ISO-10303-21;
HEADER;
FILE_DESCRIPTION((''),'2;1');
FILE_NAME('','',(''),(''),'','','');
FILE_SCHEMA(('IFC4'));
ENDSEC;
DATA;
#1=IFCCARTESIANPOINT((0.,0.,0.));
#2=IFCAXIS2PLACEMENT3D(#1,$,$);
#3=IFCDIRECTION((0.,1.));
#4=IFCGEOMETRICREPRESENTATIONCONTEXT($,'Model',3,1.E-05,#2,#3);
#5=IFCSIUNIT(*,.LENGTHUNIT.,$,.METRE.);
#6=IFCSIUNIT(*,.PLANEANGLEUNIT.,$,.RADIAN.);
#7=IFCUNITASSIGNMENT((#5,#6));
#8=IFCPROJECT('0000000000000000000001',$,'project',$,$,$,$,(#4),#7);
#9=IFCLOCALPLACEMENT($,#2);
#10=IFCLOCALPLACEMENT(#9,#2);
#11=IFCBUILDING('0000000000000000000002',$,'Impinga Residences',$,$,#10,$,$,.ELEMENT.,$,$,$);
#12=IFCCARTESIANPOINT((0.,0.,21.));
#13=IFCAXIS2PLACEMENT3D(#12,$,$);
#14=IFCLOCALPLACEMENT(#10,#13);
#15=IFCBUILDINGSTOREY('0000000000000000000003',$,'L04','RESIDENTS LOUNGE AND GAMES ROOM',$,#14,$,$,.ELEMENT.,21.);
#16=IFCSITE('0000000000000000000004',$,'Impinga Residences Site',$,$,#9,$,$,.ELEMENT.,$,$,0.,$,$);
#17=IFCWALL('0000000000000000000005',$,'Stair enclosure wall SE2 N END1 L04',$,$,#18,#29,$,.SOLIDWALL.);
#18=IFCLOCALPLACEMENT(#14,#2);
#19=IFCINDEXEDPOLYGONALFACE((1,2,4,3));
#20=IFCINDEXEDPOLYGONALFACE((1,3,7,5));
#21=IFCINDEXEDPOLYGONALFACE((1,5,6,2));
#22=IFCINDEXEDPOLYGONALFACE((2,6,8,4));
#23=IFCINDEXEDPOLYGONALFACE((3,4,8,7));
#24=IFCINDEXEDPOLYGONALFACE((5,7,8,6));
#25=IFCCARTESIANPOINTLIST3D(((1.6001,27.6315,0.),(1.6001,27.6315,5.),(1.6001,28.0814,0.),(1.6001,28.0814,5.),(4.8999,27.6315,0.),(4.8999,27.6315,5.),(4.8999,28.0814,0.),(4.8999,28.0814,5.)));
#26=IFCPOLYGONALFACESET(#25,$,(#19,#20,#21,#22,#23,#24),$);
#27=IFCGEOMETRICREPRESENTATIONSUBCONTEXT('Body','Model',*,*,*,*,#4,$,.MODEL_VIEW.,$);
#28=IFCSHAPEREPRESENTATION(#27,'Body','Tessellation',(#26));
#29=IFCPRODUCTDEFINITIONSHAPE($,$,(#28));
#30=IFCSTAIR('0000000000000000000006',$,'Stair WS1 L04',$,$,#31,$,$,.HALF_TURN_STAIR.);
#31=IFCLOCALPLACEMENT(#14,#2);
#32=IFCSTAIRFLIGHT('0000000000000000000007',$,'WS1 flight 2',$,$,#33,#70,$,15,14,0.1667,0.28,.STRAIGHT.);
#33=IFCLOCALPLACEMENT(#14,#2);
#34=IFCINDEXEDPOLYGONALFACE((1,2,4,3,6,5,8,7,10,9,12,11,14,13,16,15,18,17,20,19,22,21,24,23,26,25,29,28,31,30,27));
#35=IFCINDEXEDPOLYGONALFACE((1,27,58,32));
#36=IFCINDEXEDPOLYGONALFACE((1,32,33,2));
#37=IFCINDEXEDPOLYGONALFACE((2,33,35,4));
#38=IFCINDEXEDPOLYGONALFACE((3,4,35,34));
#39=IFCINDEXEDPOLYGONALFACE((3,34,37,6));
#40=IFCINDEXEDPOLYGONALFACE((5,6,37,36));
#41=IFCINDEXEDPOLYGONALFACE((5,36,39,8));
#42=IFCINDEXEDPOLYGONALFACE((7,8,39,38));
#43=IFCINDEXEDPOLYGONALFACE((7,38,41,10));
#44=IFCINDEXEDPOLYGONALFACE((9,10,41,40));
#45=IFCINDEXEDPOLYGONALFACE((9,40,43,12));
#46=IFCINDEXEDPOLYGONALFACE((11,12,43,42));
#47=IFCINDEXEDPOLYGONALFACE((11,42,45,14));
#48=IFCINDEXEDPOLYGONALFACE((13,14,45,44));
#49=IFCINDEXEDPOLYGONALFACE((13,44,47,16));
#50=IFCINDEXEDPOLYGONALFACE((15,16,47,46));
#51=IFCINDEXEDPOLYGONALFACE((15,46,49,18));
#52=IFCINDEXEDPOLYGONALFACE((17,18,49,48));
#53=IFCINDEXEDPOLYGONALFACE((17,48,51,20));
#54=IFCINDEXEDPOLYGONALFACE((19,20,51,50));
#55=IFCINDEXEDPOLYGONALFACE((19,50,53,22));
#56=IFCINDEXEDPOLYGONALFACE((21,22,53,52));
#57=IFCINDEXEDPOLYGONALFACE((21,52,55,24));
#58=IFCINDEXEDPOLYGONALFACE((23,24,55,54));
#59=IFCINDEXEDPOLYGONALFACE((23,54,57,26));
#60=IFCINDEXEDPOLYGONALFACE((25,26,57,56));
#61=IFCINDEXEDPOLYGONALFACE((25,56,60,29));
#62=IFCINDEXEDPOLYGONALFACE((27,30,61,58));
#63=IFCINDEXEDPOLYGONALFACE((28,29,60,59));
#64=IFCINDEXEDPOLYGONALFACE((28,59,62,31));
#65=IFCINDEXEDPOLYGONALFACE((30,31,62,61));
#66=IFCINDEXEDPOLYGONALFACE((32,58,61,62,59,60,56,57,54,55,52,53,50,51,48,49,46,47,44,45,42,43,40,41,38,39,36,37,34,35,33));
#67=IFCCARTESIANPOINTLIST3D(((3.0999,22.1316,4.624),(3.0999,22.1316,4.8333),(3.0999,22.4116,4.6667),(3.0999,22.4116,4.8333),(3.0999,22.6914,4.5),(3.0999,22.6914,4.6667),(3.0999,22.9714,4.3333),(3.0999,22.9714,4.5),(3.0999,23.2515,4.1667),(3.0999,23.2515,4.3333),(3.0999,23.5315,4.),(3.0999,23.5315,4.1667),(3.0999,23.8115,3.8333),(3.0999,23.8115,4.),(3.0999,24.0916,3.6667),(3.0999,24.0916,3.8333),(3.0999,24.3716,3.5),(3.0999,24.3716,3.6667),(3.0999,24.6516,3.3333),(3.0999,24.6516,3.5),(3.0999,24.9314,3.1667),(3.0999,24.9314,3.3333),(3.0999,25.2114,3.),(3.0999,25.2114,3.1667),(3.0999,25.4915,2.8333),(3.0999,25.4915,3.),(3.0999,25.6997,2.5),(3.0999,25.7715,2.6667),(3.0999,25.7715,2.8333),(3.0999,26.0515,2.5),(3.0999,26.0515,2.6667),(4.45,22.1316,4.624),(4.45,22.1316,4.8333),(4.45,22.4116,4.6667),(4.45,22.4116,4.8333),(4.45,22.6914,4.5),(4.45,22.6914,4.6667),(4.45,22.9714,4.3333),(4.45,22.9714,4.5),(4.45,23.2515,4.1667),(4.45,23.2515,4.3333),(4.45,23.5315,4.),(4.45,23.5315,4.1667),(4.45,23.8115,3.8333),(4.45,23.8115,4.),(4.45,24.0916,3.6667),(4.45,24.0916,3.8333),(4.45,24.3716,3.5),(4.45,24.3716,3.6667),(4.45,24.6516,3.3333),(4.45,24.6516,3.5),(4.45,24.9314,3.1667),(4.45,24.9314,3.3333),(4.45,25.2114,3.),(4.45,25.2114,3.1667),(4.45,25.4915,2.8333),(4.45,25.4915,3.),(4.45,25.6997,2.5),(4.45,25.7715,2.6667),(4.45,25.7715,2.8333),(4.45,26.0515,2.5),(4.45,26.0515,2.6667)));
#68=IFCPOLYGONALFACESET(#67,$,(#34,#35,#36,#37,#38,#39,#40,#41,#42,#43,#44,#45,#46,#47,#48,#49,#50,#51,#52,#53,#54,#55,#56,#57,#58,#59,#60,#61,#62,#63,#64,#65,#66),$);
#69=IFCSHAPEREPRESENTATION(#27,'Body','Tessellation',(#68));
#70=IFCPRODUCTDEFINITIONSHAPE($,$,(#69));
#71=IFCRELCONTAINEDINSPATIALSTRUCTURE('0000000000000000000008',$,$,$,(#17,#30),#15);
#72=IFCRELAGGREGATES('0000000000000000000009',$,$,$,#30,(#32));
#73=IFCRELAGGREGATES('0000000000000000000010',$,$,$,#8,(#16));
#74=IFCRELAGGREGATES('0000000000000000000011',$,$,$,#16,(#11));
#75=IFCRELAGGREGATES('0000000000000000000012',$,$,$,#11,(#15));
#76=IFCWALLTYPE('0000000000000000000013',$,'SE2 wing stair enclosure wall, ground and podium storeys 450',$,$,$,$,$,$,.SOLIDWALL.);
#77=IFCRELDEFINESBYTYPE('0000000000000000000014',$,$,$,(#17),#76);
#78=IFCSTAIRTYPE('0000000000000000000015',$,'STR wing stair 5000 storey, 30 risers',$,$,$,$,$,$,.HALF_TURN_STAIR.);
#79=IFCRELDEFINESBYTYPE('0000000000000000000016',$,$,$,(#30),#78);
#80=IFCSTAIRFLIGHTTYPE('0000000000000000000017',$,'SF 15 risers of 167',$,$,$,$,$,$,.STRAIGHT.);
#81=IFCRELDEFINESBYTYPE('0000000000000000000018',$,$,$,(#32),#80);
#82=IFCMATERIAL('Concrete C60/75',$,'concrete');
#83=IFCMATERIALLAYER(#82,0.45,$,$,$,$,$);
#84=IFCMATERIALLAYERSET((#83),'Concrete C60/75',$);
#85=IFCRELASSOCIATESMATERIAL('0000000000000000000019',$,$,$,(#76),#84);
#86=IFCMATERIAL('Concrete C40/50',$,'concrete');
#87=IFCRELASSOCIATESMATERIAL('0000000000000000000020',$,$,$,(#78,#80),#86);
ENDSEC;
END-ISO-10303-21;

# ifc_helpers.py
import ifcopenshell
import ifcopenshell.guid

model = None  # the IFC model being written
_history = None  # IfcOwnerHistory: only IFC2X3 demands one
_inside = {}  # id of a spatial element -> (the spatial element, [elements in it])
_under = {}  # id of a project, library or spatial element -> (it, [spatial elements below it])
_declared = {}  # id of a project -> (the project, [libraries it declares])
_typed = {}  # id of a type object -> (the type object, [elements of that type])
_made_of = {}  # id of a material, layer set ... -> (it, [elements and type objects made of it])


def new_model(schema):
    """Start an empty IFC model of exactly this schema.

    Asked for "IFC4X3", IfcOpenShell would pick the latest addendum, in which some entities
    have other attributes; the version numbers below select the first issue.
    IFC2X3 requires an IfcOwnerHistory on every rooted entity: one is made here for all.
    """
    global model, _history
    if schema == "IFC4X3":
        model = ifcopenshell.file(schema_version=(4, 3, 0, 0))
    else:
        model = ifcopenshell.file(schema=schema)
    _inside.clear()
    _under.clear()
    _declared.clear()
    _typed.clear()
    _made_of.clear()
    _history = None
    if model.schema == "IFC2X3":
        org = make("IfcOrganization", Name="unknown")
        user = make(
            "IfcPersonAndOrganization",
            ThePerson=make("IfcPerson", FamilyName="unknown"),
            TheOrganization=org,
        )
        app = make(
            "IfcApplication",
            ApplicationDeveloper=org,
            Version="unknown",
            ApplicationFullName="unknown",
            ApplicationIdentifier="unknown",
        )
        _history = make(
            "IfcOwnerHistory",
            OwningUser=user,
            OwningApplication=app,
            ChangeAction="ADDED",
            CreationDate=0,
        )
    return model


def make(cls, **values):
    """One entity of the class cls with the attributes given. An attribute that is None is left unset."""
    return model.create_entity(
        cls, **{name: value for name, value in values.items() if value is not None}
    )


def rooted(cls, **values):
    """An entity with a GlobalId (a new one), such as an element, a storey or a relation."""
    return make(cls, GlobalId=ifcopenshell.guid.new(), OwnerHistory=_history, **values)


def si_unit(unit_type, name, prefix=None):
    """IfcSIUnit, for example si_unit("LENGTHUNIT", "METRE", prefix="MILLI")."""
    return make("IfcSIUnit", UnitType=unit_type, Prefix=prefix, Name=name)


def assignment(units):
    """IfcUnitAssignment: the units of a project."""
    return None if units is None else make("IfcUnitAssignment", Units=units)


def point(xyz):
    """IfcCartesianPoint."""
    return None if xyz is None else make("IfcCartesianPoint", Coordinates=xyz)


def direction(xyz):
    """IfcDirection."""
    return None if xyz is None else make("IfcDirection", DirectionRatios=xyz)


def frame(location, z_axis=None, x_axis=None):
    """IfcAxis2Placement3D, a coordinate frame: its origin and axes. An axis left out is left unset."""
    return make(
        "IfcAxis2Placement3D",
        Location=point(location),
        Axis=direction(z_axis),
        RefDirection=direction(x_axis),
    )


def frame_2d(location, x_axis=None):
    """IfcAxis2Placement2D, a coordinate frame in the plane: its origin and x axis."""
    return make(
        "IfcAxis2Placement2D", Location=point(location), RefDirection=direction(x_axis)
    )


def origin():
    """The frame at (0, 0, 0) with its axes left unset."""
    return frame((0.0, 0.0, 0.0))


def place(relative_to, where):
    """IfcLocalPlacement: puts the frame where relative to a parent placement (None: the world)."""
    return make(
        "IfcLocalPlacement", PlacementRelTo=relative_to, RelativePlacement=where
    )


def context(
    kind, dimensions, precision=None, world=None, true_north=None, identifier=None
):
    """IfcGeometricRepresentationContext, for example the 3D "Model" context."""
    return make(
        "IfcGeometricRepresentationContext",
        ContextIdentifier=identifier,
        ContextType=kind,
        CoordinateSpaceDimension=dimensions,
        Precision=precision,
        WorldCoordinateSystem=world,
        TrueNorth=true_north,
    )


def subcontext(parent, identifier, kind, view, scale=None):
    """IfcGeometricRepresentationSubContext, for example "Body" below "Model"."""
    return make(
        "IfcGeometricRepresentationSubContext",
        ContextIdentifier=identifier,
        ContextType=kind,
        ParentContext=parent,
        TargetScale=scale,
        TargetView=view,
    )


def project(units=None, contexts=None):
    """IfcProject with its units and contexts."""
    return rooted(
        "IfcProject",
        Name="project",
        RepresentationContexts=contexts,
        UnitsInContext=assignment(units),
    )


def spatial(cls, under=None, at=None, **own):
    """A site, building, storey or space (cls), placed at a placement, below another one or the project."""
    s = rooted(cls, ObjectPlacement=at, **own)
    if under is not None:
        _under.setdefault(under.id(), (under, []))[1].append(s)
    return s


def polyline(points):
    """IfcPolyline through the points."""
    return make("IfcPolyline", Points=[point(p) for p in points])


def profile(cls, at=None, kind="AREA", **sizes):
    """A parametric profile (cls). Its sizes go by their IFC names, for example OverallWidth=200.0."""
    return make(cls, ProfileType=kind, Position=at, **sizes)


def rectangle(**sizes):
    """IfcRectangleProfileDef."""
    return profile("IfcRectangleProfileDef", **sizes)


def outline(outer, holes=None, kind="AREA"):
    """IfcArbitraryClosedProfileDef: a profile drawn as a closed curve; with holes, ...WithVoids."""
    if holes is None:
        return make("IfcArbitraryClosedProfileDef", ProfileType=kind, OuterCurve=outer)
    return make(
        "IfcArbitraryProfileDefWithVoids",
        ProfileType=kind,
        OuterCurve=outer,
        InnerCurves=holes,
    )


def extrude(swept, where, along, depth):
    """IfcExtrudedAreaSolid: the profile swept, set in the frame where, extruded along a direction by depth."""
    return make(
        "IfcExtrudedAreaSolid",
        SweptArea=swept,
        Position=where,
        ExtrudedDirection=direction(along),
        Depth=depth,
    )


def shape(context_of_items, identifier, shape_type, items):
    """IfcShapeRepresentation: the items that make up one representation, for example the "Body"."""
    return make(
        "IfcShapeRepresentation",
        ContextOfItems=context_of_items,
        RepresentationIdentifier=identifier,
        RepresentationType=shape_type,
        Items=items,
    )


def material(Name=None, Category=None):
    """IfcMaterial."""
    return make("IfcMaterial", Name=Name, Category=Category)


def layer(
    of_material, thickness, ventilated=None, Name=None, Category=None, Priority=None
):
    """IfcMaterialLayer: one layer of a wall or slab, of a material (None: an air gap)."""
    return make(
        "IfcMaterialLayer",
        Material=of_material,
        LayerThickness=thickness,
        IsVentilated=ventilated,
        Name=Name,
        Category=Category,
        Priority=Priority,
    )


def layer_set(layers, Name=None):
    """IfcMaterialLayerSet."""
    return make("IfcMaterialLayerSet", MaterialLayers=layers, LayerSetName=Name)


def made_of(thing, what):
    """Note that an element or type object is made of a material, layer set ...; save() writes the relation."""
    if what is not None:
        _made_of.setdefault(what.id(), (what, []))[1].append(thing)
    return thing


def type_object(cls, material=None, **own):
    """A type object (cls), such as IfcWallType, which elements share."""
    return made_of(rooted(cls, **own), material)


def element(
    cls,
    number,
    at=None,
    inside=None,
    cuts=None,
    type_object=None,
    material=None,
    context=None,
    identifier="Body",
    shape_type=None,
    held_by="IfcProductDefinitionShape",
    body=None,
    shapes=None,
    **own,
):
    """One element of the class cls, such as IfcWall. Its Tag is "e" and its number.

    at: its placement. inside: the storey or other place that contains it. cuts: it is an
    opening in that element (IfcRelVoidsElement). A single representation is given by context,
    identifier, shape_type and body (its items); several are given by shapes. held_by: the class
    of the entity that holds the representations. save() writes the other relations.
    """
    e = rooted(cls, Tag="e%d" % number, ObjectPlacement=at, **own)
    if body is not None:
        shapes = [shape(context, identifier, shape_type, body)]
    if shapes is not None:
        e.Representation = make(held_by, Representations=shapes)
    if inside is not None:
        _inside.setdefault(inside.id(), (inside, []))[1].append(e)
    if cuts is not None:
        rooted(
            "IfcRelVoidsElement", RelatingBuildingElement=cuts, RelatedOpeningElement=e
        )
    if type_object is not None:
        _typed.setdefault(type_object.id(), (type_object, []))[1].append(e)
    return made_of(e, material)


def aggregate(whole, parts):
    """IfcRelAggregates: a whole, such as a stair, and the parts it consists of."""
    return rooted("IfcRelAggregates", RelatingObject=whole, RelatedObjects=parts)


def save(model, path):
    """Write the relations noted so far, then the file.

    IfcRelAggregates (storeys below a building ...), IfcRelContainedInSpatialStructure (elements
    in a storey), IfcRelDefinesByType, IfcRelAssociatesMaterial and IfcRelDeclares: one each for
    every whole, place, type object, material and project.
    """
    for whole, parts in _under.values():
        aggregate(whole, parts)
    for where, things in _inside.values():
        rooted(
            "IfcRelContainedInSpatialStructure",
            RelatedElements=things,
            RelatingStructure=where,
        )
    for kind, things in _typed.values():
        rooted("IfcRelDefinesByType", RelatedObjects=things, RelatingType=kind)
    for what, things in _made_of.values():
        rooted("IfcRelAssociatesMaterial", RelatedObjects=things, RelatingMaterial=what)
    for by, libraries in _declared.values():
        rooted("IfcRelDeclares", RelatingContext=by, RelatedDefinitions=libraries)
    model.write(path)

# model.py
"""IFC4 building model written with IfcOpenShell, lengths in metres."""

from ifc_helpers import new_model, si_unit, direction, frame, frame_2d, origin, place, context, subcontext, project, spatial, polyline, rectangle, outline, extrude, material, layer, layer_set, type_object, element, aggregate, save


model = new_model("IFC4")

# Units and contexts
model_context = context("Model", 3, precision=1e-05, world=origin(), true_north=direction((0.0, 1.0)))
body_context = subcontext(model_context, "Body", "Model", "MODEL_VIEW")
ifc_project = project(units=[si_unit("LENGTHUNIT", "METRE"), si_unit("PLANEANGLEUNIT", "RADIAN")], contexts=[model_context])

# Site, building, storey
site_placement = place(None, origin())
site = spatial("IfcSite", under=ifc_project, at=site_placement, Name="Impinga Residences Site", CompositionType="ELEMENT", RefElevation=0.0)
building_placement = place(site_placement, origin())
building = spatial("IfcBuilding", under=site, at=building_placement, Name="Impinga Residences", CompositionType="ELEMENT")
storey_placement = place(building_placement, frame((0.0, 0.0, 21.0)))
storey = spatial("IfcBuildingStorey", under=building, at=storey_placement, Name="L04", Description="RESIDENTS LOUNGE AND GAMES ROOM", CompositionType="ELEMENT", Elevation=21.0)

# Shared definitions
ifc_material_1 = material(Name="Concrete C60/75", Category="concrete")

# Wall
ifc_layer_1 = layer(ifc_material_1, 0.45)
ifc_layer_set_1 = layer_set([ifc_layer_1], Name="Concrete C60/75")
wall_type_1 = type_object("IfcWallType", Name="SE2 wing stair enclosure wall, ground and podium storeys 450", PredefinedType="SOLIDWALL", material=ifc_layer_set_1)
wall_1_placement = place(storey_placement, frame((1.6001, 27.8564, 0.0), z_axis=(0.0, 0.0, 1.0), x_axis=(1.0, 0.0, 0.0)))
element("IfcWall", 1, at=wall_1_placement, inside=storey, type_object=wall_type_1, Name="Stair enclosure wall SE2 N END1 L04", PredefinedType="SOLIDWALL", context=body_context, shape_type="SweptSolid", body=[
    extrude(rectangle(XDim=3.2998, YDim=0.45, at=frame_2d((1.6499, 0.0))), origin(), (0.0, 0.0, 1.0), 5.0),
])

# Stair, stair flight
ifc_material_2 = material(Name="Concrete C40/50", Category="concrete")
stair_type = type_object("IfcStairType", Name="STR wing stair 5000 storey, 30 risers", PredefinedType="HALF_TURN_STAIR", material=ifc_material_2)
stair_placement = place(storey_placement, origin())
stair = element("IfcStair", 2, at=stair_placement, inside=storey, type_object=stair_type, Name="Stair WS1 L04", PredefinedType="HALF_TURN_STAIR")
stair_flight_type = type_object("IfcStairFlightType", Name="SF 15 risers of 167", PredefinedType="STRAIGHT", material=ifc_material_2)
stair_flight_placement = place(storey_placement, frame((3.7749, 26.0515, 2.5), z_axis=(0.0, 0.0, 1.0), x_axis=(0.0, -1.0, 0.0)))
stair_flight = element("IfcStairFlight", 3, at=stair_flight_placement, type_object=stair_flight_type, Name="WS1 flight 2", NumberOfRisers=15, NumberOfTreads=14, PredefinedType="STRAIGHT", RiserHeight=0.1667, TreadLength=0.28, context=body_context, shape_type="SweptSolid", body=[
    extrude(outline(polyline([(0.0, 0.0), (0.0, 0.1667), (0.28, 0.1667), (0.28, 0.3333), (0.5601, 0.3333), (0.5601, 0.5), (0.8401, 0.5), (0.8401, 0.6667), (1.1201, 0.6667), (1.1201, 0.8333), (1.3999, 0.8333), (1.3999, 1.0), (1.6799, 1.0), (1.6799, 1.1667), (1.96, 1.1667), (1.96, 1.3333), (2.24, 1.3333), (2.24, 1.5), (2.52, 1.5), (2.52, 1.6667), (2.8, 1.6667), (2.8, 1.8333), (3.0801, 1.8333), (3.0801, 2.0), (3.3601, 2.0), (3.3601, 2.1667), (3.6399, 2.1667), (3.6399, 2.3333), (3.9199, 2.3333), (3.9199, 2.5), (3.9199, 2.124), (0.3518, 0.0), (0.0, 0.0)])), frame((0.0, 0.675, 0.0), z_axis=(0.0, -1.0, 0.0), x_axis=(1.0, 0.0, 0.0)), (0.0, 0.0, 1.0), 1.3501),
])
aggregate(stair, [stair_flight])

save(model, "model.ifc")
